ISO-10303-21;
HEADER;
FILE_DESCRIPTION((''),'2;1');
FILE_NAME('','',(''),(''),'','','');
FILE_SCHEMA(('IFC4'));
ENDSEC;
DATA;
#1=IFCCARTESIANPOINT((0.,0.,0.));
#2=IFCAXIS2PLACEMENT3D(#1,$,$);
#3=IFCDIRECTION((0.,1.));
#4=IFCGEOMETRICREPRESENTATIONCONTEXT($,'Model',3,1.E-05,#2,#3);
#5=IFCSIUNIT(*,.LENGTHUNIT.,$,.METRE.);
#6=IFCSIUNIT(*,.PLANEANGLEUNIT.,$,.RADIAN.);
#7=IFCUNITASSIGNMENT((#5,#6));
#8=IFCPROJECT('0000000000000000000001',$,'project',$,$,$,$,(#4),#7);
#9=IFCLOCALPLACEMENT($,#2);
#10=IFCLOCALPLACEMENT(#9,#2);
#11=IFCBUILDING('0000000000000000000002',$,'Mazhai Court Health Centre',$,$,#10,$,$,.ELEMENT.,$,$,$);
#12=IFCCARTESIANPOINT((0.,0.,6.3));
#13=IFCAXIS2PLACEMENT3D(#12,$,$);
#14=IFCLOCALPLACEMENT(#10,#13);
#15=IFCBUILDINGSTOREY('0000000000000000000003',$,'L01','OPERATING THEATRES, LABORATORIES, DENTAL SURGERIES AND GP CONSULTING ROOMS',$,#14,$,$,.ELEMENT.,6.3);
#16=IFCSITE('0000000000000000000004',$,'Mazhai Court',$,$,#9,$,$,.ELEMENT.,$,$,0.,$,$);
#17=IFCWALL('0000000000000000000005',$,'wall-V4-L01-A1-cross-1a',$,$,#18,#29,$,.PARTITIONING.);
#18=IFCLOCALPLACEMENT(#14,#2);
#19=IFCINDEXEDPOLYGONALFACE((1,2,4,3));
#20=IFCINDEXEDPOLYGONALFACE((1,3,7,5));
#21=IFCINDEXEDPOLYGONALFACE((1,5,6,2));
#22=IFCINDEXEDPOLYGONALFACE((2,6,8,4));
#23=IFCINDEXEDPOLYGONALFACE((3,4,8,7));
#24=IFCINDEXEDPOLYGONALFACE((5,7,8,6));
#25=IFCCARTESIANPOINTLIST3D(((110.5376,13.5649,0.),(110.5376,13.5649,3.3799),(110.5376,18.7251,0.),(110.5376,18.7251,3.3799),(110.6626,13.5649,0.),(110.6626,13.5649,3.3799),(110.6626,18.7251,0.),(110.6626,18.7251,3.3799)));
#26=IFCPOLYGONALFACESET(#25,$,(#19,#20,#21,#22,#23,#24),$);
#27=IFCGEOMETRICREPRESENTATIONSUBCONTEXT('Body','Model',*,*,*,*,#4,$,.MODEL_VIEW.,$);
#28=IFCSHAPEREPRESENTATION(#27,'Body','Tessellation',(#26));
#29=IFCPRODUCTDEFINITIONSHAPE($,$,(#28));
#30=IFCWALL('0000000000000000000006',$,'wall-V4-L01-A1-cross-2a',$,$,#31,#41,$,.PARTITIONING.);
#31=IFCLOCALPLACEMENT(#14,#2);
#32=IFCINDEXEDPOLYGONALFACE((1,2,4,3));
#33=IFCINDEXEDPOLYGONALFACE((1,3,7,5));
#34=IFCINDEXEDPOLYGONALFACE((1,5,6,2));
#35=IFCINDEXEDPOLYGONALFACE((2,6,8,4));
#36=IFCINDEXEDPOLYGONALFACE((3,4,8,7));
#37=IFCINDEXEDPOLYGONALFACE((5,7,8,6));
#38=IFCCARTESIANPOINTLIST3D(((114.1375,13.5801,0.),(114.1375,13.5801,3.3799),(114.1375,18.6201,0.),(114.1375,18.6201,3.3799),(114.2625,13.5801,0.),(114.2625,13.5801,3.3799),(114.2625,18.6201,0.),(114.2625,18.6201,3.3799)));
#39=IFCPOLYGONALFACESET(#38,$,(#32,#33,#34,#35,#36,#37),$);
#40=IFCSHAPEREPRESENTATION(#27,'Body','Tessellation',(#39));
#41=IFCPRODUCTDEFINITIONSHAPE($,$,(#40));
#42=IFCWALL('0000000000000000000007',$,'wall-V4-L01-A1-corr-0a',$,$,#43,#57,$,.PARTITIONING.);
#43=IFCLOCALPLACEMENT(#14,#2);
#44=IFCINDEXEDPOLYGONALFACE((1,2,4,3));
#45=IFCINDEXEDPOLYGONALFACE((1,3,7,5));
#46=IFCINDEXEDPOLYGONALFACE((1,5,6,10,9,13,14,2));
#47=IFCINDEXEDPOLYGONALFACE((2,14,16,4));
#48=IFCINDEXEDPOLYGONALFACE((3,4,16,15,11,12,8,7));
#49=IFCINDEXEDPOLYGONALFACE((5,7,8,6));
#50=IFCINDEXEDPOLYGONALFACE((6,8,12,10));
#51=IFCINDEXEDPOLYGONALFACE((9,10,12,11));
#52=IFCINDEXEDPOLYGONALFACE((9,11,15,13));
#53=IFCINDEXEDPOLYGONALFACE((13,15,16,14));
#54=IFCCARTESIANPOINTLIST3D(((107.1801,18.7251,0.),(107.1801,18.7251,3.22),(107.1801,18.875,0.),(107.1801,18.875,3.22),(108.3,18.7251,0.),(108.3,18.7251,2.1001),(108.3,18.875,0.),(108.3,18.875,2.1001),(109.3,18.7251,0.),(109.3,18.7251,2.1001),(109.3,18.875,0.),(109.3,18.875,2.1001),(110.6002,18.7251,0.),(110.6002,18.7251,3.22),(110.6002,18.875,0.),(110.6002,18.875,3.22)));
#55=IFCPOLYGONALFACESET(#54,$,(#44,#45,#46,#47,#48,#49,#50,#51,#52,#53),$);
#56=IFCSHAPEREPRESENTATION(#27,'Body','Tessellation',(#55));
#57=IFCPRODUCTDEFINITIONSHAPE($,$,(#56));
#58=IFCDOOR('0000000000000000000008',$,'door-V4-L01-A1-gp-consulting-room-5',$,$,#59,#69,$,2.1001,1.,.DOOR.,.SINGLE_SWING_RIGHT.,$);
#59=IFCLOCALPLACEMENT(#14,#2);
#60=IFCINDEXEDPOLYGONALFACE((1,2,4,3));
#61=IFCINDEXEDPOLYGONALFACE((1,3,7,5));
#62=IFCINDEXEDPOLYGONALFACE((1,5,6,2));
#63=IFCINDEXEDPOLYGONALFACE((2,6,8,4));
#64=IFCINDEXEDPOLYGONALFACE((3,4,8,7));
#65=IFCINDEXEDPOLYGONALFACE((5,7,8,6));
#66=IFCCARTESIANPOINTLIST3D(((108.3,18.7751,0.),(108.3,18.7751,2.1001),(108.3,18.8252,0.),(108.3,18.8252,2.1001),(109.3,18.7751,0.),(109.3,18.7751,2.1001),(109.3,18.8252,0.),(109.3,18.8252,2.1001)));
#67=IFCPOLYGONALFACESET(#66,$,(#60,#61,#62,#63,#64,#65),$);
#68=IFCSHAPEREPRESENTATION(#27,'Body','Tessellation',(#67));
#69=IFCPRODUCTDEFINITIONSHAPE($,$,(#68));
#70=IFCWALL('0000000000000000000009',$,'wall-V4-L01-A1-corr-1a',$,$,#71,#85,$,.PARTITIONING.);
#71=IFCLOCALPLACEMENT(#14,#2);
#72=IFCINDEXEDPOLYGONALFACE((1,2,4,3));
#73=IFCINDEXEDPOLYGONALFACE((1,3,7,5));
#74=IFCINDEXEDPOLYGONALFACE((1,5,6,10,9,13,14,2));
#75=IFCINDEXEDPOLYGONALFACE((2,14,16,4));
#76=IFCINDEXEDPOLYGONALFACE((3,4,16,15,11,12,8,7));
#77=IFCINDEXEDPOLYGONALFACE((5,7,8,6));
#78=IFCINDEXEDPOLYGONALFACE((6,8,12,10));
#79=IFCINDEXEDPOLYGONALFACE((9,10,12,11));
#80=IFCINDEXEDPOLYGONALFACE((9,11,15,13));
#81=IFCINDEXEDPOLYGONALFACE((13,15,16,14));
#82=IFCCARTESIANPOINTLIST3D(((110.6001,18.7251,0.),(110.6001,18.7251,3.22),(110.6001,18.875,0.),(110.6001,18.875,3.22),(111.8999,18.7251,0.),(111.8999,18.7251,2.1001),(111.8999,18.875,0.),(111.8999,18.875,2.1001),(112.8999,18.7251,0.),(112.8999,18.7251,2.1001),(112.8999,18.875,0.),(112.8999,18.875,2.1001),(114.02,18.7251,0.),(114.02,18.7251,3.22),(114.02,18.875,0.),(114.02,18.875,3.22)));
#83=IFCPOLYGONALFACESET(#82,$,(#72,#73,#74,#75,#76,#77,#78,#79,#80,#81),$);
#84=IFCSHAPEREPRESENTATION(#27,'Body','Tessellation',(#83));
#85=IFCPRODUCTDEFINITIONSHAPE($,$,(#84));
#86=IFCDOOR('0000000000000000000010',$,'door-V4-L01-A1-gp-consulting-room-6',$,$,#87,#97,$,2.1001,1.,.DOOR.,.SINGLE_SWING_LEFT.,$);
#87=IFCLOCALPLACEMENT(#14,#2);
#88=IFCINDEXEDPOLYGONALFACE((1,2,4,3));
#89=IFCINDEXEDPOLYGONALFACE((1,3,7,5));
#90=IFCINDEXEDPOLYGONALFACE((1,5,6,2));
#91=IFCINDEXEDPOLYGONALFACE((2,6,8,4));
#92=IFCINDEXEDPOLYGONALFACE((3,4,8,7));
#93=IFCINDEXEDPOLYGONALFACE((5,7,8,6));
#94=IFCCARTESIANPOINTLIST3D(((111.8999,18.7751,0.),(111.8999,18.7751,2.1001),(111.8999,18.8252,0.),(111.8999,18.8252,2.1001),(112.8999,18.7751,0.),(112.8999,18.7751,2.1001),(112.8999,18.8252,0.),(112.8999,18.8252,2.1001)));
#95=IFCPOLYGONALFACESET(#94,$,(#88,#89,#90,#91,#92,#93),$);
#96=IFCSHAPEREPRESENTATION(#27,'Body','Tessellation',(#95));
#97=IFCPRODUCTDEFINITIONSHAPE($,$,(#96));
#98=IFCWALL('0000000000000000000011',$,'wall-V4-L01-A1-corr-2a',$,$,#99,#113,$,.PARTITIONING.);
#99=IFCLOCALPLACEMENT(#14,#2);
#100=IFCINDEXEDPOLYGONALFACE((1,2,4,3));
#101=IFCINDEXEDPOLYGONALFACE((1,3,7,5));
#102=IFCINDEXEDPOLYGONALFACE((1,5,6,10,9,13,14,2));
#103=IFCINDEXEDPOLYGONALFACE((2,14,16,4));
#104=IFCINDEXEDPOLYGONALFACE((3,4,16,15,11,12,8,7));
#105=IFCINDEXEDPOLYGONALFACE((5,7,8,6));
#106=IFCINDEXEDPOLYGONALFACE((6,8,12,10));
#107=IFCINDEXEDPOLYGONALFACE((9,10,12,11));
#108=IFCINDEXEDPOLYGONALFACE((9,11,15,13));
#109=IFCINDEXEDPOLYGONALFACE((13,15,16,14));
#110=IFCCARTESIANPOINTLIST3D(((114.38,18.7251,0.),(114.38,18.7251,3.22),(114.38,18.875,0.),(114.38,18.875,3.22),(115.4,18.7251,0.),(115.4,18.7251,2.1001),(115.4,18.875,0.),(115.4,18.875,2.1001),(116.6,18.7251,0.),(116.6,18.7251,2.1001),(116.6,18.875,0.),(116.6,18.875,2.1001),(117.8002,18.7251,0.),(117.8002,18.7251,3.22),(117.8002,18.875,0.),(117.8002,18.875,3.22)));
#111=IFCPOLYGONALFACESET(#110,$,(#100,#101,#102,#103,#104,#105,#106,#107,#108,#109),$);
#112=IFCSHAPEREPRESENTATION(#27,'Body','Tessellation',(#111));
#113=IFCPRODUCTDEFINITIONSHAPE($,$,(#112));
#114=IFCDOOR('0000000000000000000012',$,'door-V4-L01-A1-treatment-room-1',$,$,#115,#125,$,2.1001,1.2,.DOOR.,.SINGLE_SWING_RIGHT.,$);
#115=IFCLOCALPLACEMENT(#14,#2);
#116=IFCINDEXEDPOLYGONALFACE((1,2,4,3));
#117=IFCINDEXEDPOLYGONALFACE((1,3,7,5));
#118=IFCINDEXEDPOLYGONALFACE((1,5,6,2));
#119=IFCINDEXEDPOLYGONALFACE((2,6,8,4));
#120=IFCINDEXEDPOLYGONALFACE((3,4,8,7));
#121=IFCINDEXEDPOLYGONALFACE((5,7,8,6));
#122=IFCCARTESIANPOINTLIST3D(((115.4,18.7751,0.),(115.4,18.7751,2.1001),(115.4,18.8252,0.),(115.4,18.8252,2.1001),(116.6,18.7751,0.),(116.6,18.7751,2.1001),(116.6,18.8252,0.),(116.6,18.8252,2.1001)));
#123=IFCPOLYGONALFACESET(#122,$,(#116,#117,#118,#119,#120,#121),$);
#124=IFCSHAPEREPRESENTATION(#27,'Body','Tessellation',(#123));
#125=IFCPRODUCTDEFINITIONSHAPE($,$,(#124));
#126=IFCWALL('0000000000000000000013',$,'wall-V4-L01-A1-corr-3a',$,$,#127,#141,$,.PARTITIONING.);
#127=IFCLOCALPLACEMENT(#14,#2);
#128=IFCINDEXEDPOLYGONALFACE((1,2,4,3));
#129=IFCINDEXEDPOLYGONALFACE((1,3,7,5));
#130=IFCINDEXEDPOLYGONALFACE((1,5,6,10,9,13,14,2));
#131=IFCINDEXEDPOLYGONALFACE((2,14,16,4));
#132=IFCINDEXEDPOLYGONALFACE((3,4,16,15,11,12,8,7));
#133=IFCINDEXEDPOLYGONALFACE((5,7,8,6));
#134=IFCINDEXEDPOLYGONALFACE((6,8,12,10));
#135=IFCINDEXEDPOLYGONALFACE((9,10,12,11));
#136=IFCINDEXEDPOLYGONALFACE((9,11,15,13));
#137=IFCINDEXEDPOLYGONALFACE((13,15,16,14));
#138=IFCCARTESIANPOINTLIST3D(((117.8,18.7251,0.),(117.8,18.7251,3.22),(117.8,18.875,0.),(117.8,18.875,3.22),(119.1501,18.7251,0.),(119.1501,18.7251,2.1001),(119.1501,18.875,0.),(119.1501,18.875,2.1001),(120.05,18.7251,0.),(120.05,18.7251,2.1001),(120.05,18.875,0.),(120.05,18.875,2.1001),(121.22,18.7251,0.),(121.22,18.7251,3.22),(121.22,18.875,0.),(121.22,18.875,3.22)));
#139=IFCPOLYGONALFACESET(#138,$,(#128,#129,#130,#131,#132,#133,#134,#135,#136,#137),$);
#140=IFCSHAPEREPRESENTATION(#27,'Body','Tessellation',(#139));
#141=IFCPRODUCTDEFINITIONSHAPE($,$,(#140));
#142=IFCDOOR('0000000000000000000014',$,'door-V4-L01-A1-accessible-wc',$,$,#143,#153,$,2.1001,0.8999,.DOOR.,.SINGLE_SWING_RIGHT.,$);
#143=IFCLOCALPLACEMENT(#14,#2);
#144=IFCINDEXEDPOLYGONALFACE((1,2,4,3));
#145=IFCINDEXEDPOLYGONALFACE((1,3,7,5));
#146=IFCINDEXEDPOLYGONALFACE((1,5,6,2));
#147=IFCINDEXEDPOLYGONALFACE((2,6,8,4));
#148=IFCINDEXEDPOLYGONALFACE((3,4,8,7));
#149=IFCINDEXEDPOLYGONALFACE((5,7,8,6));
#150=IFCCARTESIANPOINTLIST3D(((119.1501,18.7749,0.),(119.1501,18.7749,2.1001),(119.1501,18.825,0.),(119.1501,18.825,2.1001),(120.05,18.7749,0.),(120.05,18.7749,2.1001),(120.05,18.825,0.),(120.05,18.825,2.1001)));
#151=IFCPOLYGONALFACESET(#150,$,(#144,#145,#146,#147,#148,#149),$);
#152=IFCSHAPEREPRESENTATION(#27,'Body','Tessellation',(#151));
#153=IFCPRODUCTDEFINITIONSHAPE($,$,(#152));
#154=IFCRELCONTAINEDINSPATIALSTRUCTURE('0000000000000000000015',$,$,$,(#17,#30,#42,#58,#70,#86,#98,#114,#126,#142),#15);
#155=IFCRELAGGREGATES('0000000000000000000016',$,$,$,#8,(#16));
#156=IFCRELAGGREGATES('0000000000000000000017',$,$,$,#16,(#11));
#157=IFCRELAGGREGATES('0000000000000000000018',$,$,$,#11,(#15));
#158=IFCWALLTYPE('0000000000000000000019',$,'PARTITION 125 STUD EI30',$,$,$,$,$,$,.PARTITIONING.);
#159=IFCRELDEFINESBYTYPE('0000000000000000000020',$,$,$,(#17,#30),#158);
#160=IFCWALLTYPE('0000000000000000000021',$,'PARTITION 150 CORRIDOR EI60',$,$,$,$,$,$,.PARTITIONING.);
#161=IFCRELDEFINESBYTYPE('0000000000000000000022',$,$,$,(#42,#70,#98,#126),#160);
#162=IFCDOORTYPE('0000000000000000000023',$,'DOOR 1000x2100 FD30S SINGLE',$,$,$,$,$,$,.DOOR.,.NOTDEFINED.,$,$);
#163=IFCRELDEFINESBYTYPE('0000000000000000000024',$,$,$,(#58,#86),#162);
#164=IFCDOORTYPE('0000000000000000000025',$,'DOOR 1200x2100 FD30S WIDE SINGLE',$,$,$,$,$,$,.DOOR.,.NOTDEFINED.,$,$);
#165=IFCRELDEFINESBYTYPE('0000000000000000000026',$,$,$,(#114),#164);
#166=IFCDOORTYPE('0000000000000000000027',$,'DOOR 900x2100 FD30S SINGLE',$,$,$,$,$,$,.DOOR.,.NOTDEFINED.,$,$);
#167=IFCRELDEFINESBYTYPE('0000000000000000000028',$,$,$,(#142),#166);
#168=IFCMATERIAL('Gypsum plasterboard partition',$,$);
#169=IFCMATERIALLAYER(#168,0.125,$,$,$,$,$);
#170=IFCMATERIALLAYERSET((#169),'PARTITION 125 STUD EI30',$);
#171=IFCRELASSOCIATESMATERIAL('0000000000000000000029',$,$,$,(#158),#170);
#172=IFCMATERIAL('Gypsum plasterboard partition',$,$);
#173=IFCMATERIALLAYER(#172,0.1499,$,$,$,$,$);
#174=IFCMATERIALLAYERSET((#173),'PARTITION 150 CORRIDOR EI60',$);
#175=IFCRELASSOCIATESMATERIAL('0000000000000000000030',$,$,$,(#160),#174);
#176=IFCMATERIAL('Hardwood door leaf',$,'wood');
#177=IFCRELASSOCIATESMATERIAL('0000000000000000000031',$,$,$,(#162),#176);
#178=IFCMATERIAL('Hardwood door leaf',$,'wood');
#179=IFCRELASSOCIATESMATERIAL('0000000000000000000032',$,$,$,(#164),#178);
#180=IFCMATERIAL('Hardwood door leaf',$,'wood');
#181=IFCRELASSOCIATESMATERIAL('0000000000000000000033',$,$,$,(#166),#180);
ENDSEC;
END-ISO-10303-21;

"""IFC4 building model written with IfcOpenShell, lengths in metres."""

from ifc_helpers import new_model, si_unit, direction, frame, frame_2d, origin, place, context, subcontext, project, spatial, rectangle, extrude, material, layer, layer_set, type_object, element, fill, save


model = new_model("IFC4")

# Units and contexts
model_context = context("Model", 3, precision=1e-05, world=origin(), true_north=direction((0.0, 1.0)))
body_context = subcontext(model_context, "Body", "Model", "MODEL_VIEW")
ifc_project = project(units=[si_unit("LENGTHUNIT", "METRE"), si_unit("PLANEANGLEUNIT", "RADIAN")], contexts=[model_context])

# Site, building, storey
site_placement = place(None, origin())
site = spatial("IfcSite", under=ifc_project, at=site_placement, Name="Mazhai Court", CompositionType="ELEMENT", RefElevation=0.0)
building_placement = place(site_placement, origin())
building = spatial("IfcBuilding", under=site, at=building_placement, Name="Mazhai Court Health Centre", CompositionType="ELEMENT")
storey_placement = place(building_placement, frame((0.0, 0.0, 6.3)))
storey = spatial("IfcBuildingStorey", under=building, at=storey_placement, Name="L01", Description="OPERATING THEATRES, LABORATORIES, DENTAL SURGERIES AND GP CONSULTING ROOMS", CompositionType="ELEMENT", Elevation=6.3)

# Walls
ifc_material_1 = material(Name="Gypsum plasterboard partition")
ifc_layer_1 = layer(ifc_material_1, 0.125)
ifc_layer_set_1 = layer_set([ifc_layer_1], Name="PARTITION 125 STUD EI30")
wall_type_1 = type_object("IfcWallType", Name="PARTITION 125 STUD EI30", PredefinedType="PARTITIONING", material=ifc_layer_set_1)
wall_1_placement = place(storey_placement, frame((110.6001, 13.5649, 0.0), z_axis=(0.0, 0.0, 1.0), x_axis=(0.0, 1.0, 0.0)))
element("IfcWall", 1, at=wall_1_placement, inside=storey, type_object=wall_type_1, Name="wall-V4-L01-A1-cross-1a", PredefinedType="PARTITIONING", context=body_context, shape_type="SweptSolid", body=[
    extrude(rectangle(XDim=5.1602, YDim=0.125, at=frame_2d((2.5801, 0.0))), origin(), (0.0, 0.0, 1.0), 3.3799),
])
wall_2_placement = place(storey_placement, frame((114.2, 13.5801, 0.0), z_axis=(0.0, 0.0, 1.0), x_axis=(0.0, 1.0, 0.0)))
element("IfcWall", 2, at=wall_2_placement, inside=storey, type_object=wall_type_1, Name="wall-V4-L01-A1-cross-2a", PredefinedType="PARTITIONING", context=body_context, shape_type="SweptSolid", body=[
    extrude(rectangle(XDim=5.04, YDim=0.125, at=frame_2d((2.52, 0.0))), origin(), (0.0, 0.0, 1.0), 3.3799),
])

# Walls, openings, doors
ifc_material_2 = material(Name="Gypsum plasterboard partition")
ifc_layer_2 = layer(ifc_material_2, 0.1499)
ifc_layer_set_2 = layer_set([ifc_layer_2], Name="PARTITION 150 CORRIDOR EI60")
wall_type_2 = type_object("IfcWallType", Name="PARTITION 150 CORRIDOR EI60", PredefinedType="PARTITIONING", material=ifc_layer_set_2)
wall_3_placement = place(storey_placement, frame((110.6001, 18.8, 0.0), z_axis=(0.0, 0.0, 1.0), x_axis=(-1.0, 0.0, 0.0)))
wall_3 = element("IfcWall", 3, at=wall_3_placement, inside=storey, type_object=wall_type_2, Name="wall-V4-L01-A1-corr-0a", PredefinedType="PARTITIONING", context=body_context, shape_type="SweptSolid", body=[
    extrude(rectangle(XDim=3.4202, YDim=0.1499, at=frame_2d((1.71, 0.0))), origin(), (0.0, 0.0, 1.0), 3.22),
])
opening_1_placement = place(wall_3_placement, frame((1.3, 0.0, 0.0)))
opening_1 = element("IfcOpeningElement", 4, at=opening_1_placement, cuts=wall_3, PredefinedType="OPENING", context=body_context, shape_type="SweptSolid", body=[
    extrude(rectangle(XDim=1.0, YDim=2.1001, at=frame_2d((0.5, 1.05))), frame((0.0, 0.085, 0.0), z_axis=(0.0, -1.0, 0.0), x_axis=(1.0, 0.0, 0.0)), (0.0, 0.0, 1.0), 0.1699),
])
ifc_material_3 = material(Name="Hardwood door leaf", Category="wood")
door_type_1 = type_object("IfcDoorType", Name="DOOR 1000x2100 FD30S SINGLE", OperationType="NOTDEFINED", PredefinedType="DOOR", material=ifc_material_3)
door_1_placement = place(opening_1_placement, origin())
door_1 = element("IfcDoor", 5, at=door_1_placement, inside=storey, type_object=door_type_1, Name="door-V4-L01-A1-gp-consulting-room-5", OperationType="SINGLE_SWING_RIGHT", OverallHeight=2.1001, OverallWidth=1.0, PredefinedType="DOOR", context=body_context, shape_type="SweptSolid", body=[
    extrude(rectangle(XDim=1.0, YDim=2.1001, at=frame_2d((0.5, 1.05))), frame((0.0, 0.0249, 0.0), z_axis=(0.0, -1.0, 0.0), x_axis=(1.0, 0.0, 0.0)), (0.0, 0.0, 1.0), 0.05),
])
fill(opening_1, door_1)
wall_4_placement = place(storey_placement, frame((114.02, 18.8, 0.0), z_axis=(0.0, 0.0, 1.0), x_axis=(-1.0, 0.0, 0.0)))
wall_4 = element("IfcWall", 6, at=wall_4_placement, inside=storey, type_object=wall_type_2, Name="wall-V4-L01-A1-corr-1a", PredefinedType="PARTITIONING", context=body_context, shape_type="SweptSolid", body=[
    extrude(rectangle(XDim=3.4199, YDim=0.1499, at=frame_2d((1.71, 0.0))), origin(), (0.0, 0.0, 1.0), 3.22),
])
opening_2_placement = place(wall_4_placement, frame((1.1201, 0.0, 0.0)))
opening_2 = element("IfcOpeningElement", 7, at=opening_2_placement, cuts=wall_4, PredefinedType="OPENING", context=body_context, shape_type="SweptSolid", body=[
    extrude(rectangle(XDim=1.0, YDim=2.1001, at=frame_2d((0.5, 1.05))), frame((0.0, 0.085, 0.0), z_axis=(0.0, -1.0, 0.0), x_axis=(1.0, 0.0, 0.0)), (0.0, 0.0, 1.0), 0.1699),
])
door_2_placement = place(opening_2_placement, origin())
door_2 = element("IfcDoor", 8, at=door_2_placement, inside=storey, type_object=door_type_1, Name="door-V4-L01-A1-gp-consulting-room-6", OperationType="SINGLE_SWING_LEFT", OverallHeight=2.1001, OverallWidth=1.0, PredefinedType="DOOR", context=body_context, shape_type="SweptSolid", body=[
    extrude(rectangle(XDim=1.0, YDim=2.1001, at=frame_2d((0.5, 1.05))), frame((0.0, 0.0249, 0.0), z_axis=(0.0, -1.0, 0.0), x_axis=(1.0, 0.0, 0.0)), (0.0, 0.0, 1.0), 0.05),
])
fill(opening_2, door_2)
wall_5_placement = place(storey_placement, frame((117.8, 18.8, 0.0), z_axis=(0.0, 0.0, 1.0), x_axis=(-1.0, 0.0, 0.0)))
wall_5 = element("IfcWall", 9, at=wall_5_placement, inside=storey, type_object=wall_type_2, Name="wall-V4-L01-A1-corr-2a", PredefinedType="PARTITIONING", context=body_context, shape_type="SweptSolid", body=[
    extrude(rectangle(XDim=3.4202, YDim=0.1499, at=frame_2d((1.71, 0.0))), origin(), (0.0, 0.0, 1.0), 3.22),
])
opening_3_placement = place(wall_5_placement, frame((1.2, 0.0, 0.0)))
opening_3 = element("IfcOpeningElement", 10, at=opening_3_placement, cuts=wall_5, PredefinedType="OPENING", context=body_context, shape_type="SweptSolid", body=[
    extrude(rectangle(XDim=1.2, YDim=2.1001, at=frame_2d((0.6001, 1.05))), frame((0.0, 0.085, 0.0), z_axis=(0.0, -1.0, 0.0), x_axis=(1.0, 0.0, 0.0)), (0.0, 0.0, 1.0), 0.1699),
])
ifc_material_4 = material(Name="Hardwood door leaf", Category="wood")
door_type_2 = type_object("IfcDoorType", Name="DOOR 1200x2100 FD30S WIDE SINGLE", OperationType="NOTDEFINED", PredefinedType="DOOR", material=ifc_material_4)
door_3_placement = place(opening_3_placement, origin())
door_3 = element("IfcDoor", 11, at=door_3_placement, inside=storey, type_object=door_type_2, Name="door-V4-L01-A1-treatment-room-1", OperationType="SINGLE_SWING_RIGHT", OverallHeight=2.1001, OverallWidth=1.2, PredefinedType="DOOR", context=body_context, shape_type="SweptSolid", body=[
    extrude(rectangle(XDim=1.2, YDim=2.1001, at=frame_2d((0.6001, 1.05))), frame((0.0, 0.0249, 0.0), z_axis=(0.0, -1.0, 0.0), x_axis=(1.0, 0.0, 0.0)), (0.0, 0.0, 1.0), 0.05),
])
fill(opening_3, door_3)
wall_6_placement = place(storey_placement, frame((117.8, 18.8, 0.0), z_axis=(0.0, 0.0, 1.0), x_axis=(1.0, 0.0, 0.0)))
wall_6 = element("IfcWall", 12, at=wall_6_placement, inside=storey, type_object=wall_type_2, Name="wall-V4-L01-A1-corr-3a", PredefinedType="PARTITIONING", context=body_context, shape_type="SweptSolid", body=[
    extrude(rectangle(XDim=3.4199, YDim=0.1499, at=frame_2d((1.71, 0.0))), origin(), (0.0, 0.0, 1.0), 3.22),
])
opening_4_placement = place(wall_6_placement, frame((1.3501, 0.0, 0.0)))
opening_4 = element("IfcOpeningElement", 13, at=opening_4_placement, cuts=wall_6, PredefinedType="OPENING", context=body_context, shape_type="SweptSolid", body=[
    extrude(rectangle(XDim=0.8999, YDim=2.1001, at=frame_2d((0.45, 1.05))), frame((0.0, 0.085, 0.0), z_axis=(0.0, -1.0, 0.0), x_axis=(1.0, 0.0, 0.0)), (0.0, 0.0, 1.0), 0.1699),
])
ifc_material_5 = material(Name="Hardwood door leaf", Category="wood")
door_type_3 = type_object("IfcDoorType", Name="DOOR 900x2100 FD30S SINGLE", OperationType="NOTDEFINED", PredefinedType="DOOR", material=ifc_material_5)
door_4_placement = place(opening_4_placement, origin())
door_4 = element("IfcDoor", 14, at=door_4_placement, inside=storey, type_object=door_type_3, Name="door-V4-L01-A1-accessible-wc", OperationType="SINGLE_SWING_RIGHT", OverallHeight=2.1001, OverallWidth=0.8999, PredefinedType="DOOR", context=body_context, shape_type="SweptSolid", body=[
    extrude(rectangle(XDim=0.8999, YDim=2.1001, at=frame_2d((0.45, 1.05))), frame((0.0, 0.0249, 0.0), z_axis=(0.0, -1.0, 0.0), x_axis=(1.0, 0.0, 0.0)), (0.0, 0.0, 1.0), 0.05),
])
fill(opening_4, door_4)

save(model, "model.ifc")
